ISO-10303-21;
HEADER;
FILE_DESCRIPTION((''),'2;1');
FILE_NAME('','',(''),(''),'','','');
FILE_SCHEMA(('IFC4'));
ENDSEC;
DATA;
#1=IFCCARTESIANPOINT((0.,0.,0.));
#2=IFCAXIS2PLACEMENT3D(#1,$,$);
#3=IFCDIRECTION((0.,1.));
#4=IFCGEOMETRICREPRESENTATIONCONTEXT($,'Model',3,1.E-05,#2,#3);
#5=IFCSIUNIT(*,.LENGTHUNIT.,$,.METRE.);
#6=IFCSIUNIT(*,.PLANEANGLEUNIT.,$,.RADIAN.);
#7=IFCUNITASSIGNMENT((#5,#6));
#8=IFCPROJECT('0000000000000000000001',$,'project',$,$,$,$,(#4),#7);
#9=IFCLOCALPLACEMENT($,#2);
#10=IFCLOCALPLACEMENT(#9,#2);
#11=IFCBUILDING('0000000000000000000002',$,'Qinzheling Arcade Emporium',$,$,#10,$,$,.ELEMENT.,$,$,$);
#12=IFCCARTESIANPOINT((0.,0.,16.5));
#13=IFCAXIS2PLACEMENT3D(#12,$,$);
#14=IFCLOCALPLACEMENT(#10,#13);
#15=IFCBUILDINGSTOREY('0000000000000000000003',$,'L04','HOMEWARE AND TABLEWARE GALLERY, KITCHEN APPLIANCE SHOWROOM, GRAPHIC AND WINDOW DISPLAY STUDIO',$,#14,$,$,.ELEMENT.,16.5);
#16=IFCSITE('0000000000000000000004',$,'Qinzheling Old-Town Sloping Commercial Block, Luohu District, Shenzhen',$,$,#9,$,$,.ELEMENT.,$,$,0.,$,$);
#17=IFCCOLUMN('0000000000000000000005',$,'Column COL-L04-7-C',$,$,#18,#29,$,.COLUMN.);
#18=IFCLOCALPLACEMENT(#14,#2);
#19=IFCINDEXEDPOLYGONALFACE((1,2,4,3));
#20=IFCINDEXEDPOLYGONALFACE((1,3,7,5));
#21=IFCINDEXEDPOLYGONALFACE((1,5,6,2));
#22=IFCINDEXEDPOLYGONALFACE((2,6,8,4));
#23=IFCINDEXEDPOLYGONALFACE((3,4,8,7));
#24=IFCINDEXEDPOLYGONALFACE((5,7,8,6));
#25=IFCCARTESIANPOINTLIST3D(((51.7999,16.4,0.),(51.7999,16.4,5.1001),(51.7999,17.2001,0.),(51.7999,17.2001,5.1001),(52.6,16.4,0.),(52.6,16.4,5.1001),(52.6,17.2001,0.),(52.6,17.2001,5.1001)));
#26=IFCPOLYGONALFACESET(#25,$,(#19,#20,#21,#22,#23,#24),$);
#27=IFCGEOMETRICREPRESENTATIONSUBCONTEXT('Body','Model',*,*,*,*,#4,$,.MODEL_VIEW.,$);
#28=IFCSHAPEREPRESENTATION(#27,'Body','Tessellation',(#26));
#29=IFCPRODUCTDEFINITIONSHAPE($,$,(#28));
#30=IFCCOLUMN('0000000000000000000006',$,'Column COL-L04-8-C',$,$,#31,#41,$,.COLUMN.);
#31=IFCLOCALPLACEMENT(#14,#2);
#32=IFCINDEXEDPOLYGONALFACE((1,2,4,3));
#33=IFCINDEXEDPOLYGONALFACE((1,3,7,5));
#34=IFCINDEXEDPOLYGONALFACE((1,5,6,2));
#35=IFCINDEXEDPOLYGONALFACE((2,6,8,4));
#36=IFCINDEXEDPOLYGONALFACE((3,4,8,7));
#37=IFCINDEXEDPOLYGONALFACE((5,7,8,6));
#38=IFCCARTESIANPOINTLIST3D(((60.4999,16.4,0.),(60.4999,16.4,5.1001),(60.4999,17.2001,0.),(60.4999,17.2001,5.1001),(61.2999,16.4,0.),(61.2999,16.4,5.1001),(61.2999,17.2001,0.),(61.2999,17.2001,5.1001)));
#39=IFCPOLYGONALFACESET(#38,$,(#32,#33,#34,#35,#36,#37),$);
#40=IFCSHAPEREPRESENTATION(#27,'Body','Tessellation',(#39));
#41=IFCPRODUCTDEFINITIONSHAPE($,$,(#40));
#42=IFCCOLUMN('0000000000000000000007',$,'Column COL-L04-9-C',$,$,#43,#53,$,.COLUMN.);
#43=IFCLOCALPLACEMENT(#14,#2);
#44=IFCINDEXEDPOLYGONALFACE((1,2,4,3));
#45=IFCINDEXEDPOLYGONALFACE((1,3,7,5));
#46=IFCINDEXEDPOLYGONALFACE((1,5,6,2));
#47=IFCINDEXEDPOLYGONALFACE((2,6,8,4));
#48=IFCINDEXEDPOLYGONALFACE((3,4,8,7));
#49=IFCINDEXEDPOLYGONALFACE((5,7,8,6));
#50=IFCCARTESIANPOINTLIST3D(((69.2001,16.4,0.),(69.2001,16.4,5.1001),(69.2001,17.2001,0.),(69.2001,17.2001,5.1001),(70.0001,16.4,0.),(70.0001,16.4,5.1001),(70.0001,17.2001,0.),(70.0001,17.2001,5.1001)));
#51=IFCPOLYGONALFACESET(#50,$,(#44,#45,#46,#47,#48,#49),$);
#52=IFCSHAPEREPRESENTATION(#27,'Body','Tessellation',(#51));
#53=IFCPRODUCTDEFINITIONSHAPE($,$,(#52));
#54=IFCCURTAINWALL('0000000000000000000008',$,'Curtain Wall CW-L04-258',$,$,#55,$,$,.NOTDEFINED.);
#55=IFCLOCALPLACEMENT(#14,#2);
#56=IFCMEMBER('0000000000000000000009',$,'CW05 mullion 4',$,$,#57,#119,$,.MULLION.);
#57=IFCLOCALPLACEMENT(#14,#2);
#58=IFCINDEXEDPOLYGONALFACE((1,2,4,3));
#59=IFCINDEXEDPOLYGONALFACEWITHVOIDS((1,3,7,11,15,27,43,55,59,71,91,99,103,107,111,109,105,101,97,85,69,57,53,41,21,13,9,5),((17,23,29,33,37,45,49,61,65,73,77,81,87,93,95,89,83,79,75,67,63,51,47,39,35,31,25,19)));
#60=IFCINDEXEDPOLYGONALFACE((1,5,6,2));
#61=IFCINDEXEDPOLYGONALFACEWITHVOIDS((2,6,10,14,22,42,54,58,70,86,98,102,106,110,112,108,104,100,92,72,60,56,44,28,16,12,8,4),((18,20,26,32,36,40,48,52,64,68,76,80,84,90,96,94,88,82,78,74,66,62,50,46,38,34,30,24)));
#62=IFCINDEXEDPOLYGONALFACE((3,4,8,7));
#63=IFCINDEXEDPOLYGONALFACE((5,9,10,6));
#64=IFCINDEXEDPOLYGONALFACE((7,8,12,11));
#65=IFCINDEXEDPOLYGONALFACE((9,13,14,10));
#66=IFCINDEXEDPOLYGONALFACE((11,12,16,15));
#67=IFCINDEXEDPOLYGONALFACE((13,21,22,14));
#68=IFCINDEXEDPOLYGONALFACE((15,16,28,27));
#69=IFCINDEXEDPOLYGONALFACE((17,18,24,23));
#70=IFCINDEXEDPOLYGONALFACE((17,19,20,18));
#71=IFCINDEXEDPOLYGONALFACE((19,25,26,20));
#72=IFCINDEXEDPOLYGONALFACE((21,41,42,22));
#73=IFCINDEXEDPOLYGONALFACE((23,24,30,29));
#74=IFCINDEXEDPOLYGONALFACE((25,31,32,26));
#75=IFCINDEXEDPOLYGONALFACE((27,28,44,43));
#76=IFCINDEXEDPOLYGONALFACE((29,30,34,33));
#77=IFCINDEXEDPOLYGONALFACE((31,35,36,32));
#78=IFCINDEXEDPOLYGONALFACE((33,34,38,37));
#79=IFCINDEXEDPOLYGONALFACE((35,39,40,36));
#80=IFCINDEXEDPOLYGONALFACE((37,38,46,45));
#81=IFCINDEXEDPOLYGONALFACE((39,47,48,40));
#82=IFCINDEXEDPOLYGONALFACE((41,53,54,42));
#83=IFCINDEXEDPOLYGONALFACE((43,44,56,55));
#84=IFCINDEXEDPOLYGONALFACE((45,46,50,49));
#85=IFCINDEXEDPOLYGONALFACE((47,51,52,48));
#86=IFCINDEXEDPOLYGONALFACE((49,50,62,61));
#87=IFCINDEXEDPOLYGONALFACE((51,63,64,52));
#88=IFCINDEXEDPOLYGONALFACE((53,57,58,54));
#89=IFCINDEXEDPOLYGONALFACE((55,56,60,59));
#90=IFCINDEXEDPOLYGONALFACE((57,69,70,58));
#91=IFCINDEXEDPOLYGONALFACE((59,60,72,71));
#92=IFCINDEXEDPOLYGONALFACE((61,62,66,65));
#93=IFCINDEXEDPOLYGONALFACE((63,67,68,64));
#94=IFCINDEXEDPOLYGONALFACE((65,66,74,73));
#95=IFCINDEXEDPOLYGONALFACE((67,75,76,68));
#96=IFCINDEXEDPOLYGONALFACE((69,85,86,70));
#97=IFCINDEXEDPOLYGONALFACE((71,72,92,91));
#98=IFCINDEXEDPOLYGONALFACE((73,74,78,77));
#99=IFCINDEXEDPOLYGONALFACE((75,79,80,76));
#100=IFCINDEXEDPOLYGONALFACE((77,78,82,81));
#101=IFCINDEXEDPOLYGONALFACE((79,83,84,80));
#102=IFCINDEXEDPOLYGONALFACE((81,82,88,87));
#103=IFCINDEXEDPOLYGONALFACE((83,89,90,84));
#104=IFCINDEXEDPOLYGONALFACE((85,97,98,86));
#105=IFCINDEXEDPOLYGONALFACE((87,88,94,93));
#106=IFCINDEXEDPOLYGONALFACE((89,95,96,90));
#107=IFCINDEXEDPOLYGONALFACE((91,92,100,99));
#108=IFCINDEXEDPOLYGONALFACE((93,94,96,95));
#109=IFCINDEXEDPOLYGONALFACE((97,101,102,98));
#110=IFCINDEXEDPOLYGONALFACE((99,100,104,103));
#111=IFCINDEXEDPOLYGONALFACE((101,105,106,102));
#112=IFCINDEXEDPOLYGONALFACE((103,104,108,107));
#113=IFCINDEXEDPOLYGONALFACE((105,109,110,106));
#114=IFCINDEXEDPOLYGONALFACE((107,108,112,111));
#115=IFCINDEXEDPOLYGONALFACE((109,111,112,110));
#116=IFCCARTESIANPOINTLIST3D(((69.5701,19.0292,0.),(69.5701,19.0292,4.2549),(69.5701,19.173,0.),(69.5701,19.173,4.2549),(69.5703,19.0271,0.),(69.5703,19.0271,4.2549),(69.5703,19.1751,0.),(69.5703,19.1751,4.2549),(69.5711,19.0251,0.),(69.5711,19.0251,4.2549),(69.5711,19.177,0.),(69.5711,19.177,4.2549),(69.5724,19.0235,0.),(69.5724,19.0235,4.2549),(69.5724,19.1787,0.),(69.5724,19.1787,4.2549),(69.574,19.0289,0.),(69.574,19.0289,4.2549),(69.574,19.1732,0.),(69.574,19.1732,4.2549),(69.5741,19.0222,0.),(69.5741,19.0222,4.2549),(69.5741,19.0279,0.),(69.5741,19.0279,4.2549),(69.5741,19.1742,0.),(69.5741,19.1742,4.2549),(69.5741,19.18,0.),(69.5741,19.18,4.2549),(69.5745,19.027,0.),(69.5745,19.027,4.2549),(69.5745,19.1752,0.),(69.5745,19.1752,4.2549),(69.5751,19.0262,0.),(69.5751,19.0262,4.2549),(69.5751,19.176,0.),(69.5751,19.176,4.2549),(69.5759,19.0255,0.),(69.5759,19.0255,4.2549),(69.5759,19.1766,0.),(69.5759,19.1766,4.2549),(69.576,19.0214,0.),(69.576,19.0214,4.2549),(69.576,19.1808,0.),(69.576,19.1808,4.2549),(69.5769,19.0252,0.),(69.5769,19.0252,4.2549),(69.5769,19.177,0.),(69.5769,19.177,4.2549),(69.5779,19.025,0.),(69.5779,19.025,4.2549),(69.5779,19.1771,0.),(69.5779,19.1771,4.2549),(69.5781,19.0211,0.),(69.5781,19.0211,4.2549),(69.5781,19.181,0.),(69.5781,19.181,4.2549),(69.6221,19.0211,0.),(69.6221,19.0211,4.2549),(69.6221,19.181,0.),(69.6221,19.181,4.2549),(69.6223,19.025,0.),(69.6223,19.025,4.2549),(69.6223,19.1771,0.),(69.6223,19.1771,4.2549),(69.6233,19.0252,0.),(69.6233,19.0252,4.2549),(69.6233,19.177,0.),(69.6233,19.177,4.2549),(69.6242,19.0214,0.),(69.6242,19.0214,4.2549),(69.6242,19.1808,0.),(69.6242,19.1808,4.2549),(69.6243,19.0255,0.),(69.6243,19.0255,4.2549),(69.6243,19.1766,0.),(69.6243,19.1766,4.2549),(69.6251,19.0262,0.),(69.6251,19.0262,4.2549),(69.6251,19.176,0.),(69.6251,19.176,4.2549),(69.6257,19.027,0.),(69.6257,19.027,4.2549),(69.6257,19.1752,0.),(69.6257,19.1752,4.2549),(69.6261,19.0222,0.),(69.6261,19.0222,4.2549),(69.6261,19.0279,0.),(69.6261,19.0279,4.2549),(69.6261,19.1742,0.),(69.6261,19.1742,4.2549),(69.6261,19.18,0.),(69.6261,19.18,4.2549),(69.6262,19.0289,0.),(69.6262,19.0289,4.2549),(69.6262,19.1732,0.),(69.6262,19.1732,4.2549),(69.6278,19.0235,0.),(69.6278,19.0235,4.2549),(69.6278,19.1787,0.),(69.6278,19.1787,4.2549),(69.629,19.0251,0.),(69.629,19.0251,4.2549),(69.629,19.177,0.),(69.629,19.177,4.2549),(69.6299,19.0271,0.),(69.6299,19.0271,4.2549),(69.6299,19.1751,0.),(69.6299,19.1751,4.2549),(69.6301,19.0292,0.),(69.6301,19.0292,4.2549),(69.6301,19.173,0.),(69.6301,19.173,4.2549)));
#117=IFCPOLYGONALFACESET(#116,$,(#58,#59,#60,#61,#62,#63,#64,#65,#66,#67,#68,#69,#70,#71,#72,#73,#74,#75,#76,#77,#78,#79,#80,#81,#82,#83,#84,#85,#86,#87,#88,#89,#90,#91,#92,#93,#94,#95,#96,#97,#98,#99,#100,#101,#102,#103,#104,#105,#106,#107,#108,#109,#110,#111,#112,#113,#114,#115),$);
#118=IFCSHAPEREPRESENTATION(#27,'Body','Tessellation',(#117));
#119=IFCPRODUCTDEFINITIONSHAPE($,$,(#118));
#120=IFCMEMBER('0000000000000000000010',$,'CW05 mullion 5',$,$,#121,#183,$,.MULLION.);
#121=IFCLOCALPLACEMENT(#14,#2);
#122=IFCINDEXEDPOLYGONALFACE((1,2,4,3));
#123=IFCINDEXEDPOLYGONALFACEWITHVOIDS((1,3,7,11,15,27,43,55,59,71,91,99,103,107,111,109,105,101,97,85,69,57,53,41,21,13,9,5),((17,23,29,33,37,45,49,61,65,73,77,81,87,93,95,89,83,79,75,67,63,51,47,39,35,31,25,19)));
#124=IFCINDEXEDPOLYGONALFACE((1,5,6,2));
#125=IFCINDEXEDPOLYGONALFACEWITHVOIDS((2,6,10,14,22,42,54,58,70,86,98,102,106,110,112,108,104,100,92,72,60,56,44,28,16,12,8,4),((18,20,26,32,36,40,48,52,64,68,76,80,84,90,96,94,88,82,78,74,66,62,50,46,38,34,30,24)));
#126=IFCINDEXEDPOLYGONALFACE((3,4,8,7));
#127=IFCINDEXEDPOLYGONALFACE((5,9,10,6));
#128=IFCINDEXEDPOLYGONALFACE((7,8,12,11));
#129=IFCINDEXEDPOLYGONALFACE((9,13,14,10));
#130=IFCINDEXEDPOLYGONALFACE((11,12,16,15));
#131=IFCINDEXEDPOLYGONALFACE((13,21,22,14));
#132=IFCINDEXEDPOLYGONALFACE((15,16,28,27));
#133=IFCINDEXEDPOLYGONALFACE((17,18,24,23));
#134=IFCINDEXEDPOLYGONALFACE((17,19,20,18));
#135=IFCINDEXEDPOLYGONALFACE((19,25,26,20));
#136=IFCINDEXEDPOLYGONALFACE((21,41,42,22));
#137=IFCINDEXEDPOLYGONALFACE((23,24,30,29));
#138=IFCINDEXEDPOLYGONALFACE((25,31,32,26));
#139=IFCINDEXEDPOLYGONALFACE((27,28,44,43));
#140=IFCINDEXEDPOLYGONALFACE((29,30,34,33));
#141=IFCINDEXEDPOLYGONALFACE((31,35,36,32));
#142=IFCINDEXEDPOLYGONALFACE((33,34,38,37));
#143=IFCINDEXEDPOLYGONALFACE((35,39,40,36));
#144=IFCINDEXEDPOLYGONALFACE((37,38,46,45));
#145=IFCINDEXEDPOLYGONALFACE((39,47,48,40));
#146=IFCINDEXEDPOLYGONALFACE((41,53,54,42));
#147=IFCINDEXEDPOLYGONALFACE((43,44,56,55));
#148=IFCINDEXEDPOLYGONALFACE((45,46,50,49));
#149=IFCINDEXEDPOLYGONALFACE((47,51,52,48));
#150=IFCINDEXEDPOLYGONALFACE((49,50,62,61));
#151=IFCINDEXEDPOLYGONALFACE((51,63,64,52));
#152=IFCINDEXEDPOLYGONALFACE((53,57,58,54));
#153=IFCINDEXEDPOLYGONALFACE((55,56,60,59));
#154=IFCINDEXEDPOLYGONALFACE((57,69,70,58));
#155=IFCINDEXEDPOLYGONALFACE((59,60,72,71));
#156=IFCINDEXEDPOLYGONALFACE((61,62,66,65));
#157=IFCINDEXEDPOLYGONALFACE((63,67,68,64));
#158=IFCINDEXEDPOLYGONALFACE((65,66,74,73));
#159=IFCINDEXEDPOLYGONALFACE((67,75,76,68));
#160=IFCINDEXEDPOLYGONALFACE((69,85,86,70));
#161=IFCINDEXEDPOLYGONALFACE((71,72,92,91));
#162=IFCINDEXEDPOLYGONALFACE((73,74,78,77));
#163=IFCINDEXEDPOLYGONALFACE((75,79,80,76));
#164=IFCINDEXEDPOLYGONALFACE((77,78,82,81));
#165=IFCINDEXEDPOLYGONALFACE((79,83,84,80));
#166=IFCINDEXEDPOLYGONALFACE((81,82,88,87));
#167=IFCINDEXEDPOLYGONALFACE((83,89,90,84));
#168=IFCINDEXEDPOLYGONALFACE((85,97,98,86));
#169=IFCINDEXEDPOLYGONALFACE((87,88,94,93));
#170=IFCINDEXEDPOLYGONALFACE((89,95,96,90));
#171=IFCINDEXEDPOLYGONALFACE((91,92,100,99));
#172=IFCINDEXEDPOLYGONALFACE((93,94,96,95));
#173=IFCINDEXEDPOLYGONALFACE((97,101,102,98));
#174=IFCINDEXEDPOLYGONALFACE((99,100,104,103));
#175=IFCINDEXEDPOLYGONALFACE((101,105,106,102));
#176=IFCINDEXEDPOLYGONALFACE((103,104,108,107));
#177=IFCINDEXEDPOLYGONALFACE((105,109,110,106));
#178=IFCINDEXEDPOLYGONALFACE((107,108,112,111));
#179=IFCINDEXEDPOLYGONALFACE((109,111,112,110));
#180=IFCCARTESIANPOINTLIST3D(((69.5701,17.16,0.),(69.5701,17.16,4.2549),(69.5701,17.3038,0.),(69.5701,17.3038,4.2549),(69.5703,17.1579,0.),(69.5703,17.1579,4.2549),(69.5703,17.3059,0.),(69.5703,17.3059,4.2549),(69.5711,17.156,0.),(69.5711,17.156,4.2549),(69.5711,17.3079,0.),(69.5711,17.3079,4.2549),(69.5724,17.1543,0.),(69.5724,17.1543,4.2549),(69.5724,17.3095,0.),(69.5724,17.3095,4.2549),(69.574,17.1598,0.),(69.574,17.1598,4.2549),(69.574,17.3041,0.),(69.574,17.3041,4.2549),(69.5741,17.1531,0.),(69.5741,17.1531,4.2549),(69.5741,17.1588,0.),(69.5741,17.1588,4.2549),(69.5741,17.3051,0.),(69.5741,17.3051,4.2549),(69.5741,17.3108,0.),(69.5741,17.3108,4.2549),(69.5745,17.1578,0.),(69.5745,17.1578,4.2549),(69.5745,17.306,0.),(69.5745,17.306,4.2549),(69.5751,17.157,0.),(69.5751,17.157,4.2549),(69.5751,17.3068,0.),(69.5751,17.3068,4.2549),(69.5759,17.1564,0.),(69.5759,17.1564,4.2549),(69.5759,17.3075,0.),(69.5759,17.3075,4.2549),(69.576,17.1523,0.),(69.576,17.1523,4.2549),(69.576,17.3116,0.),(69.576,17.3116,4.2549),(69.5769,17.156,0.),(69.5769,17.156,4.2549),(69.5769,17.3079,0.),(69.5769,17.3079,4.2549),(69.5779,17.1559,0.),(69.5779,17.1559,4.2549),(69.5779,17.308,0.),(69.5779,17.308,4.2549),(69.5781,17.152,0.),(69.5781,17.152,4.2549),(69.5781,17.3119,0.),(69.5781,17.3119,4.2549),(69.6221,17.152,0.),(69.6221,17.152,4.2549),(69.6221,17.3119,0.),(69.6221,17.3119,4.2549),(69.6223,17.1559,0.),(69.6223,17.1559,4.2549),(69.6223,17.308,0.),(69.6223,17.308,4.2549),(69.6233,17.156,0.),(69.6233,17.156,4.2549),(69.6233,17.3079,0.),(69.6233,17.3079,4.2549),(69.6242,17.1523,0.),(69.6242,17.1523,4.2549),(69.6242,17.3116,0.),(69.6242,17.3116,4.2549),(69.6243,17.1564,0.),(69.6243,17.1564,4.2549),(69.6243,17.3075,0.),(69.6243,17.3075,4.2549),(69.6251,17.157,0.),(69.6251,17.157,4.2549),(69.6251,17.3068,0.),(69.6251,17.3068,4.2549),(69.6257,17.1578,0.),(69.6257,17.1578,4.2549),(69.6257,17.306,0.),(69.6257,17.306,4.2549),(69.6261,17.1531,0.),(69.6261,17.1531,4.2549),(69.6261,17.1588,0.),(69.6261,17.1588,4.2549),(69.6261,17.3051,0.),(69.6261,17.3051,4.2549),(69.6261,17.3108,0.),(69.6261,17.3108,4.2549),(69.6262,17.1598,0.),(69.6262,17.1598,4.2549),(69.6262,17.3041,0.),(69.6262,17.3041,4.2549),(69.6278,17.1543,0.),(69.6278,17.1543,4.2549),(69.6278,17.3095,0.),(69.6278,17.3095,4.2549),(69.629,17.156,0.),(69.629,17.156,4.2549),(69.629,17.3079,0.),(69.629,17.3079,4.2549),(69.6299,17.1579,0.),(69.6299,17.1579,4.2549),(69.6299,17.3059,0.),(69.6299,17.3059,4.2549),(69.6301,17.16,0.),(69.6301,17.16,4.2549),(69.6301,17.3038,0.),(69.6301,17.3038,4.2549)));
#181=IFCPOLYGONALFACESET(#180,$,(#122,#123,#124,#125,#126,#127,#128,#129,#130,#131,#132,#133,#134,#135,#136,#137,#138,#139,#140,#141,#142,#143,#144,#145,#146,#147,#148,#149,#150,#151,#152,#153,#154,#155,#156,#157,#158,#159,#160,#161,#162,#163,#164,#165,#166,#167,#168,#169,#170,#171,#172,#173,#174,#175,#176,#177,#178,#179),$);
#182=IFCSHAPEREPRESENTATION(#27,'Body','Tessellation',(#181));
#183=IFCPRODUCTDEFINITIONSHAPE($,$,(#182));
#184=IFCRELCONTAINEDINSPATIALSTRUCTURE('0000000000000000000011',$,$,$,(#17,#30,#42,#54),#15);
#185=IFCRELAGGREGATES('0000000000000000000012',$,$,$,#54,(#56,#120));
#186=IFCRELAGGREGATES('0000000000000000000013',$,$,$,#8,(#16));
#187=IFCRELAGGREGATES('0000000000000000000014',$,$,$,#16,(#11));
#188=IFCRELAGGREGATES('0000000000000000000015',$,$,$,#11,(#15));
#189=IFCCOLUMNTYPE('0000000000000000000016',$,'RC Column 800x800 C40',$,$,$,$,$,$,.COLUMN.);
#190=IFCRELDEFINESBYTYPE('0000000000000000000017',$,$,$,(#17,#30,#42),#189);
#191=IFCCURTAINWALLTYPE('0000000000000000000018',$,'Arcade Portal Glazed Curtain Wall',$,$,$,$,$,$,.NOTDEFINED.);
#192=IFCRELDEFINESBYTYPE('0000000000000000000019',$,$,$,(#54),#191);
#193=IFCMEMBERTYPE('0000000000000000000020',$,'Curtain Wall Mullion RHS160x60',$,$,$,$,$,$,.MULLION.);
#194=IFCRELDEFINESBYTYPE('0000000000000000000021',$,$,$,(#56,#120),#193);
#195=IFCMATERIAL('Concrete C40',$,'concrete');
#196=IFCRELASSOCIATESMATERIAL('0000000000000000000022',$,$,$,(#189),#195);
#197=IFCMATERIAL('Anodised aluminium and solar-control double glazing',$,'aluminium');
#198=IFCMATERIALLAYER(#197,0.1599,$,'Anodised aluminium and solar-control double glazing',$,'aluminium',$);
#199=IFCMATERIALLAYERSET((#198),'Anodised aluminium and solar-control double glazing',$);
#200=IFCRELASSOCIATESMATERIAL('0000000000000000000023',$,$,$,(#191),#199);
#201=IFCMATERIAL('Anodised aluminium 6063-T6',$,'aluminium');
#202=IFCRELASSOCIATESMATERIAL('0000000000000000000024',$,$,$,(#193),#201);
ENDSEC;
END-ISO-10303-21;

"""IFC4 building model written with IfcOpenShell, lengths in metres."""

from ifc_helpers import new_model, si_unit, direction, frame, origin, origin_2d, place, context, subcontext, project, spatial, rectangle, hollow_rectangle, extrude, material, layer, layer_set, material_profile, profile_set, type_object, element, aggregate, save


model = new_model("IFC4")

# Units and contexts
model_context = context("Model", 3, precision=1e-05, world=origin(), true_north=direction((0.0, 1.0)))
body_context = subcontext(model_context, "Body", "Model", "MODEL_VIEW")
ifc_project = project(units=[si_unit("LENGTHUNIT", "METRE"), si_unit("PLANEANGLEUNIT", "RADIAN")], contexts=[model_context])

# Site, building, storey
site_placement = place(None, origin())
site = spatial("IfcSite", under=ifc_project, at=site_placement, Name="Qinzheling Old-Town Sloping Commercial Block, Luohu District, Shenzhen", CompositionType="ELEMENT", RefElevation=0.0)
building_placement = place(site_placement, origin())
building = spatial("IfcBuilding", under=site, at=building_placement, Name="Qinzheling Arcade Emporium", CompositionType="ELEMENT")
storey_placement = place(building_placement, frame((0.0, 0.0, 16.5)))
storey = spatial("IfcBuildingStorey", under=building, at=storey_placement, Name="L04", Description="HOMEWARE AND TABLEWARE GALLERY, KITCHEN APPLIANCE SHOWROOM, GRAPHIC AND WINDOW DISPLAY STUDIO", CompositionType="ELEMENT", Elevation=16.5)

# Columns
ifc_material_1 = material(Name="Concrete C40", Category="concrete")
ifc_material_profile_1 = material_profile(ifc_material_1, rectangle(XDim=0.8, YDim=0.8, at=origin_2d()), Name="RC 800x800", Category="concrete")
ifc_profile_set_1 = profile_set([ifc_material_profile_1], Name="Concrete C40")
column_type = type_object("IfcColumnType", Name="RC Column 800x800 C40", PredefinedType="COLUMN", material=ifc_profile_set_1)
for number, where, z_axis, x_axis, name in (
    (1, (52.2, 16.8, 0.0), (0.0, 0.0, 1.0), (1.0, 0.0, 0.0), "Column COL-L04-7-C"),
    (2, (60.8999, 16.8, 0.0), (0.0, 0.0, 1.0), (1.0, 0.0, 0.0), "Column COL-L04-8-C"),
    (3, (69.6001, 16.8, 0.0), (0.0, 0.0, 1.0), (1.0, 0.0, 0.0), "Column COL-L04-9-C"),
):
    element("IfcColumn", number, at=place(storey_placement, frame(where, z_axis=z_axis, x_axis=x_axis)), inside=storey, type_object=column_type, Name=name, PredefinedType="COLUMN", context=body_context, shape_type="SweptSolid", body=[
        extrude(rectangle(XDim=0.8, YDim=0.8, at=origin_2d()), origin(), (0.0, 0.0, 1.0), 5.1001),
    ])

# Curtain wall, members
ifc_material_2 = material(Name="Anodised aluminium and solar-control double glazing", Category="aluminium")
ifc_layer_1 = layer(ifc_material_2, 0.1599, Name="Anodised aluminium and solar-control double glazing", Category="aluminium")
ifc_layer_set_1 = layer_set([ifc_layer_1], Name="Anodised aluminium and solar-control double glazing")
curtain_wall_type = type_object("IfcCurtainWallType", Name="Arcade Portal Glazed Curtain Wall", PredefinedType="NOTDEFINED", material=ifc_layer_set_1)
curtain_wall_1_placement = place(storey_placement, origin())
curtain_wall_1 = element("IfcCurtainWall", 4, at=curtain_wall_1_placement, inside=storey, type_object=curtain_wall_type, Name="Curtain Wall CW-L04-258", PredefinedType="NOTDEFINED")
ifc_material_3 = material(Name="Anodised aluminium 6063-T6", Category="aluminium")
ifc_material_profile_2 = material_profile(ifc_material_3, hollow_rectangle(XDim=0.0601, YDim=0.1599, WallThickness=0.0039, InnerFilletRadius=0.0039, OuterFilletRadius=0.0081, at=origin_2d()), Name="RHS 160x60x4", Category="aluminium")
ifc_profile_set_2 = profile_set([ifc_material_profile_2], Name="Anodised aluminium 6063-T6")
member_type_1 = type_object("IfcMemberType", Name="Curtain Wall Mullion RHS160x60", PredefinedType="MULLION", material=ifc_profile_set_2)
member_1_placement = place(storey_placement, frame((69.6001, 19.1011, 0.0), z_axis=(0.0, 0.0, 1.0), x_axis=(1.0, 0.0, 0.0)))
member_1 = element("IfcMember", 5, at=member_1_placement, type_object=member_type_1, Name="CW05 mullion 4", PredefinedType="MULLION", context=body_context, shape_type="SweptSolid", body=[
    extrude(hollow_rectangle(XDim=0.0601, YDim=0.1599, WallThickness=0.0039, InnerFilletRadius=0.0039, OuterFilletRadius=0.0081, at=origin_2d()), origin(), (0.0, 0.0, 1.0), 4.2549),
])
member_2_placement = place(storey_placement, frame((69.6001, 17.2319, 0.0), z_axis=(0.0, 0.0, 1.0), x_axis=(1.0, 0.0, 0.0)))
member_2 = element("IfcMember", 6, at=member_2_placement, type_object=member_type_1, Name="CW05 mullion 5", PredefinedType="MULLION", context=body_context, shape_type="SweptSolid", body=[
    extrude(hollow_rectangle(XDim=0.0601, YDim=0.1599, WallThickness=0.0039, InnerFilletRadius=0.0039, OuterFilletRadius=0.0081, at=origin_2d()), origin(), (0.0, 0.0, 1.0), 4.2549),
])

aggregate(curtain_wall_1, [member_1, member_2])

save(model, "model.ifc")
